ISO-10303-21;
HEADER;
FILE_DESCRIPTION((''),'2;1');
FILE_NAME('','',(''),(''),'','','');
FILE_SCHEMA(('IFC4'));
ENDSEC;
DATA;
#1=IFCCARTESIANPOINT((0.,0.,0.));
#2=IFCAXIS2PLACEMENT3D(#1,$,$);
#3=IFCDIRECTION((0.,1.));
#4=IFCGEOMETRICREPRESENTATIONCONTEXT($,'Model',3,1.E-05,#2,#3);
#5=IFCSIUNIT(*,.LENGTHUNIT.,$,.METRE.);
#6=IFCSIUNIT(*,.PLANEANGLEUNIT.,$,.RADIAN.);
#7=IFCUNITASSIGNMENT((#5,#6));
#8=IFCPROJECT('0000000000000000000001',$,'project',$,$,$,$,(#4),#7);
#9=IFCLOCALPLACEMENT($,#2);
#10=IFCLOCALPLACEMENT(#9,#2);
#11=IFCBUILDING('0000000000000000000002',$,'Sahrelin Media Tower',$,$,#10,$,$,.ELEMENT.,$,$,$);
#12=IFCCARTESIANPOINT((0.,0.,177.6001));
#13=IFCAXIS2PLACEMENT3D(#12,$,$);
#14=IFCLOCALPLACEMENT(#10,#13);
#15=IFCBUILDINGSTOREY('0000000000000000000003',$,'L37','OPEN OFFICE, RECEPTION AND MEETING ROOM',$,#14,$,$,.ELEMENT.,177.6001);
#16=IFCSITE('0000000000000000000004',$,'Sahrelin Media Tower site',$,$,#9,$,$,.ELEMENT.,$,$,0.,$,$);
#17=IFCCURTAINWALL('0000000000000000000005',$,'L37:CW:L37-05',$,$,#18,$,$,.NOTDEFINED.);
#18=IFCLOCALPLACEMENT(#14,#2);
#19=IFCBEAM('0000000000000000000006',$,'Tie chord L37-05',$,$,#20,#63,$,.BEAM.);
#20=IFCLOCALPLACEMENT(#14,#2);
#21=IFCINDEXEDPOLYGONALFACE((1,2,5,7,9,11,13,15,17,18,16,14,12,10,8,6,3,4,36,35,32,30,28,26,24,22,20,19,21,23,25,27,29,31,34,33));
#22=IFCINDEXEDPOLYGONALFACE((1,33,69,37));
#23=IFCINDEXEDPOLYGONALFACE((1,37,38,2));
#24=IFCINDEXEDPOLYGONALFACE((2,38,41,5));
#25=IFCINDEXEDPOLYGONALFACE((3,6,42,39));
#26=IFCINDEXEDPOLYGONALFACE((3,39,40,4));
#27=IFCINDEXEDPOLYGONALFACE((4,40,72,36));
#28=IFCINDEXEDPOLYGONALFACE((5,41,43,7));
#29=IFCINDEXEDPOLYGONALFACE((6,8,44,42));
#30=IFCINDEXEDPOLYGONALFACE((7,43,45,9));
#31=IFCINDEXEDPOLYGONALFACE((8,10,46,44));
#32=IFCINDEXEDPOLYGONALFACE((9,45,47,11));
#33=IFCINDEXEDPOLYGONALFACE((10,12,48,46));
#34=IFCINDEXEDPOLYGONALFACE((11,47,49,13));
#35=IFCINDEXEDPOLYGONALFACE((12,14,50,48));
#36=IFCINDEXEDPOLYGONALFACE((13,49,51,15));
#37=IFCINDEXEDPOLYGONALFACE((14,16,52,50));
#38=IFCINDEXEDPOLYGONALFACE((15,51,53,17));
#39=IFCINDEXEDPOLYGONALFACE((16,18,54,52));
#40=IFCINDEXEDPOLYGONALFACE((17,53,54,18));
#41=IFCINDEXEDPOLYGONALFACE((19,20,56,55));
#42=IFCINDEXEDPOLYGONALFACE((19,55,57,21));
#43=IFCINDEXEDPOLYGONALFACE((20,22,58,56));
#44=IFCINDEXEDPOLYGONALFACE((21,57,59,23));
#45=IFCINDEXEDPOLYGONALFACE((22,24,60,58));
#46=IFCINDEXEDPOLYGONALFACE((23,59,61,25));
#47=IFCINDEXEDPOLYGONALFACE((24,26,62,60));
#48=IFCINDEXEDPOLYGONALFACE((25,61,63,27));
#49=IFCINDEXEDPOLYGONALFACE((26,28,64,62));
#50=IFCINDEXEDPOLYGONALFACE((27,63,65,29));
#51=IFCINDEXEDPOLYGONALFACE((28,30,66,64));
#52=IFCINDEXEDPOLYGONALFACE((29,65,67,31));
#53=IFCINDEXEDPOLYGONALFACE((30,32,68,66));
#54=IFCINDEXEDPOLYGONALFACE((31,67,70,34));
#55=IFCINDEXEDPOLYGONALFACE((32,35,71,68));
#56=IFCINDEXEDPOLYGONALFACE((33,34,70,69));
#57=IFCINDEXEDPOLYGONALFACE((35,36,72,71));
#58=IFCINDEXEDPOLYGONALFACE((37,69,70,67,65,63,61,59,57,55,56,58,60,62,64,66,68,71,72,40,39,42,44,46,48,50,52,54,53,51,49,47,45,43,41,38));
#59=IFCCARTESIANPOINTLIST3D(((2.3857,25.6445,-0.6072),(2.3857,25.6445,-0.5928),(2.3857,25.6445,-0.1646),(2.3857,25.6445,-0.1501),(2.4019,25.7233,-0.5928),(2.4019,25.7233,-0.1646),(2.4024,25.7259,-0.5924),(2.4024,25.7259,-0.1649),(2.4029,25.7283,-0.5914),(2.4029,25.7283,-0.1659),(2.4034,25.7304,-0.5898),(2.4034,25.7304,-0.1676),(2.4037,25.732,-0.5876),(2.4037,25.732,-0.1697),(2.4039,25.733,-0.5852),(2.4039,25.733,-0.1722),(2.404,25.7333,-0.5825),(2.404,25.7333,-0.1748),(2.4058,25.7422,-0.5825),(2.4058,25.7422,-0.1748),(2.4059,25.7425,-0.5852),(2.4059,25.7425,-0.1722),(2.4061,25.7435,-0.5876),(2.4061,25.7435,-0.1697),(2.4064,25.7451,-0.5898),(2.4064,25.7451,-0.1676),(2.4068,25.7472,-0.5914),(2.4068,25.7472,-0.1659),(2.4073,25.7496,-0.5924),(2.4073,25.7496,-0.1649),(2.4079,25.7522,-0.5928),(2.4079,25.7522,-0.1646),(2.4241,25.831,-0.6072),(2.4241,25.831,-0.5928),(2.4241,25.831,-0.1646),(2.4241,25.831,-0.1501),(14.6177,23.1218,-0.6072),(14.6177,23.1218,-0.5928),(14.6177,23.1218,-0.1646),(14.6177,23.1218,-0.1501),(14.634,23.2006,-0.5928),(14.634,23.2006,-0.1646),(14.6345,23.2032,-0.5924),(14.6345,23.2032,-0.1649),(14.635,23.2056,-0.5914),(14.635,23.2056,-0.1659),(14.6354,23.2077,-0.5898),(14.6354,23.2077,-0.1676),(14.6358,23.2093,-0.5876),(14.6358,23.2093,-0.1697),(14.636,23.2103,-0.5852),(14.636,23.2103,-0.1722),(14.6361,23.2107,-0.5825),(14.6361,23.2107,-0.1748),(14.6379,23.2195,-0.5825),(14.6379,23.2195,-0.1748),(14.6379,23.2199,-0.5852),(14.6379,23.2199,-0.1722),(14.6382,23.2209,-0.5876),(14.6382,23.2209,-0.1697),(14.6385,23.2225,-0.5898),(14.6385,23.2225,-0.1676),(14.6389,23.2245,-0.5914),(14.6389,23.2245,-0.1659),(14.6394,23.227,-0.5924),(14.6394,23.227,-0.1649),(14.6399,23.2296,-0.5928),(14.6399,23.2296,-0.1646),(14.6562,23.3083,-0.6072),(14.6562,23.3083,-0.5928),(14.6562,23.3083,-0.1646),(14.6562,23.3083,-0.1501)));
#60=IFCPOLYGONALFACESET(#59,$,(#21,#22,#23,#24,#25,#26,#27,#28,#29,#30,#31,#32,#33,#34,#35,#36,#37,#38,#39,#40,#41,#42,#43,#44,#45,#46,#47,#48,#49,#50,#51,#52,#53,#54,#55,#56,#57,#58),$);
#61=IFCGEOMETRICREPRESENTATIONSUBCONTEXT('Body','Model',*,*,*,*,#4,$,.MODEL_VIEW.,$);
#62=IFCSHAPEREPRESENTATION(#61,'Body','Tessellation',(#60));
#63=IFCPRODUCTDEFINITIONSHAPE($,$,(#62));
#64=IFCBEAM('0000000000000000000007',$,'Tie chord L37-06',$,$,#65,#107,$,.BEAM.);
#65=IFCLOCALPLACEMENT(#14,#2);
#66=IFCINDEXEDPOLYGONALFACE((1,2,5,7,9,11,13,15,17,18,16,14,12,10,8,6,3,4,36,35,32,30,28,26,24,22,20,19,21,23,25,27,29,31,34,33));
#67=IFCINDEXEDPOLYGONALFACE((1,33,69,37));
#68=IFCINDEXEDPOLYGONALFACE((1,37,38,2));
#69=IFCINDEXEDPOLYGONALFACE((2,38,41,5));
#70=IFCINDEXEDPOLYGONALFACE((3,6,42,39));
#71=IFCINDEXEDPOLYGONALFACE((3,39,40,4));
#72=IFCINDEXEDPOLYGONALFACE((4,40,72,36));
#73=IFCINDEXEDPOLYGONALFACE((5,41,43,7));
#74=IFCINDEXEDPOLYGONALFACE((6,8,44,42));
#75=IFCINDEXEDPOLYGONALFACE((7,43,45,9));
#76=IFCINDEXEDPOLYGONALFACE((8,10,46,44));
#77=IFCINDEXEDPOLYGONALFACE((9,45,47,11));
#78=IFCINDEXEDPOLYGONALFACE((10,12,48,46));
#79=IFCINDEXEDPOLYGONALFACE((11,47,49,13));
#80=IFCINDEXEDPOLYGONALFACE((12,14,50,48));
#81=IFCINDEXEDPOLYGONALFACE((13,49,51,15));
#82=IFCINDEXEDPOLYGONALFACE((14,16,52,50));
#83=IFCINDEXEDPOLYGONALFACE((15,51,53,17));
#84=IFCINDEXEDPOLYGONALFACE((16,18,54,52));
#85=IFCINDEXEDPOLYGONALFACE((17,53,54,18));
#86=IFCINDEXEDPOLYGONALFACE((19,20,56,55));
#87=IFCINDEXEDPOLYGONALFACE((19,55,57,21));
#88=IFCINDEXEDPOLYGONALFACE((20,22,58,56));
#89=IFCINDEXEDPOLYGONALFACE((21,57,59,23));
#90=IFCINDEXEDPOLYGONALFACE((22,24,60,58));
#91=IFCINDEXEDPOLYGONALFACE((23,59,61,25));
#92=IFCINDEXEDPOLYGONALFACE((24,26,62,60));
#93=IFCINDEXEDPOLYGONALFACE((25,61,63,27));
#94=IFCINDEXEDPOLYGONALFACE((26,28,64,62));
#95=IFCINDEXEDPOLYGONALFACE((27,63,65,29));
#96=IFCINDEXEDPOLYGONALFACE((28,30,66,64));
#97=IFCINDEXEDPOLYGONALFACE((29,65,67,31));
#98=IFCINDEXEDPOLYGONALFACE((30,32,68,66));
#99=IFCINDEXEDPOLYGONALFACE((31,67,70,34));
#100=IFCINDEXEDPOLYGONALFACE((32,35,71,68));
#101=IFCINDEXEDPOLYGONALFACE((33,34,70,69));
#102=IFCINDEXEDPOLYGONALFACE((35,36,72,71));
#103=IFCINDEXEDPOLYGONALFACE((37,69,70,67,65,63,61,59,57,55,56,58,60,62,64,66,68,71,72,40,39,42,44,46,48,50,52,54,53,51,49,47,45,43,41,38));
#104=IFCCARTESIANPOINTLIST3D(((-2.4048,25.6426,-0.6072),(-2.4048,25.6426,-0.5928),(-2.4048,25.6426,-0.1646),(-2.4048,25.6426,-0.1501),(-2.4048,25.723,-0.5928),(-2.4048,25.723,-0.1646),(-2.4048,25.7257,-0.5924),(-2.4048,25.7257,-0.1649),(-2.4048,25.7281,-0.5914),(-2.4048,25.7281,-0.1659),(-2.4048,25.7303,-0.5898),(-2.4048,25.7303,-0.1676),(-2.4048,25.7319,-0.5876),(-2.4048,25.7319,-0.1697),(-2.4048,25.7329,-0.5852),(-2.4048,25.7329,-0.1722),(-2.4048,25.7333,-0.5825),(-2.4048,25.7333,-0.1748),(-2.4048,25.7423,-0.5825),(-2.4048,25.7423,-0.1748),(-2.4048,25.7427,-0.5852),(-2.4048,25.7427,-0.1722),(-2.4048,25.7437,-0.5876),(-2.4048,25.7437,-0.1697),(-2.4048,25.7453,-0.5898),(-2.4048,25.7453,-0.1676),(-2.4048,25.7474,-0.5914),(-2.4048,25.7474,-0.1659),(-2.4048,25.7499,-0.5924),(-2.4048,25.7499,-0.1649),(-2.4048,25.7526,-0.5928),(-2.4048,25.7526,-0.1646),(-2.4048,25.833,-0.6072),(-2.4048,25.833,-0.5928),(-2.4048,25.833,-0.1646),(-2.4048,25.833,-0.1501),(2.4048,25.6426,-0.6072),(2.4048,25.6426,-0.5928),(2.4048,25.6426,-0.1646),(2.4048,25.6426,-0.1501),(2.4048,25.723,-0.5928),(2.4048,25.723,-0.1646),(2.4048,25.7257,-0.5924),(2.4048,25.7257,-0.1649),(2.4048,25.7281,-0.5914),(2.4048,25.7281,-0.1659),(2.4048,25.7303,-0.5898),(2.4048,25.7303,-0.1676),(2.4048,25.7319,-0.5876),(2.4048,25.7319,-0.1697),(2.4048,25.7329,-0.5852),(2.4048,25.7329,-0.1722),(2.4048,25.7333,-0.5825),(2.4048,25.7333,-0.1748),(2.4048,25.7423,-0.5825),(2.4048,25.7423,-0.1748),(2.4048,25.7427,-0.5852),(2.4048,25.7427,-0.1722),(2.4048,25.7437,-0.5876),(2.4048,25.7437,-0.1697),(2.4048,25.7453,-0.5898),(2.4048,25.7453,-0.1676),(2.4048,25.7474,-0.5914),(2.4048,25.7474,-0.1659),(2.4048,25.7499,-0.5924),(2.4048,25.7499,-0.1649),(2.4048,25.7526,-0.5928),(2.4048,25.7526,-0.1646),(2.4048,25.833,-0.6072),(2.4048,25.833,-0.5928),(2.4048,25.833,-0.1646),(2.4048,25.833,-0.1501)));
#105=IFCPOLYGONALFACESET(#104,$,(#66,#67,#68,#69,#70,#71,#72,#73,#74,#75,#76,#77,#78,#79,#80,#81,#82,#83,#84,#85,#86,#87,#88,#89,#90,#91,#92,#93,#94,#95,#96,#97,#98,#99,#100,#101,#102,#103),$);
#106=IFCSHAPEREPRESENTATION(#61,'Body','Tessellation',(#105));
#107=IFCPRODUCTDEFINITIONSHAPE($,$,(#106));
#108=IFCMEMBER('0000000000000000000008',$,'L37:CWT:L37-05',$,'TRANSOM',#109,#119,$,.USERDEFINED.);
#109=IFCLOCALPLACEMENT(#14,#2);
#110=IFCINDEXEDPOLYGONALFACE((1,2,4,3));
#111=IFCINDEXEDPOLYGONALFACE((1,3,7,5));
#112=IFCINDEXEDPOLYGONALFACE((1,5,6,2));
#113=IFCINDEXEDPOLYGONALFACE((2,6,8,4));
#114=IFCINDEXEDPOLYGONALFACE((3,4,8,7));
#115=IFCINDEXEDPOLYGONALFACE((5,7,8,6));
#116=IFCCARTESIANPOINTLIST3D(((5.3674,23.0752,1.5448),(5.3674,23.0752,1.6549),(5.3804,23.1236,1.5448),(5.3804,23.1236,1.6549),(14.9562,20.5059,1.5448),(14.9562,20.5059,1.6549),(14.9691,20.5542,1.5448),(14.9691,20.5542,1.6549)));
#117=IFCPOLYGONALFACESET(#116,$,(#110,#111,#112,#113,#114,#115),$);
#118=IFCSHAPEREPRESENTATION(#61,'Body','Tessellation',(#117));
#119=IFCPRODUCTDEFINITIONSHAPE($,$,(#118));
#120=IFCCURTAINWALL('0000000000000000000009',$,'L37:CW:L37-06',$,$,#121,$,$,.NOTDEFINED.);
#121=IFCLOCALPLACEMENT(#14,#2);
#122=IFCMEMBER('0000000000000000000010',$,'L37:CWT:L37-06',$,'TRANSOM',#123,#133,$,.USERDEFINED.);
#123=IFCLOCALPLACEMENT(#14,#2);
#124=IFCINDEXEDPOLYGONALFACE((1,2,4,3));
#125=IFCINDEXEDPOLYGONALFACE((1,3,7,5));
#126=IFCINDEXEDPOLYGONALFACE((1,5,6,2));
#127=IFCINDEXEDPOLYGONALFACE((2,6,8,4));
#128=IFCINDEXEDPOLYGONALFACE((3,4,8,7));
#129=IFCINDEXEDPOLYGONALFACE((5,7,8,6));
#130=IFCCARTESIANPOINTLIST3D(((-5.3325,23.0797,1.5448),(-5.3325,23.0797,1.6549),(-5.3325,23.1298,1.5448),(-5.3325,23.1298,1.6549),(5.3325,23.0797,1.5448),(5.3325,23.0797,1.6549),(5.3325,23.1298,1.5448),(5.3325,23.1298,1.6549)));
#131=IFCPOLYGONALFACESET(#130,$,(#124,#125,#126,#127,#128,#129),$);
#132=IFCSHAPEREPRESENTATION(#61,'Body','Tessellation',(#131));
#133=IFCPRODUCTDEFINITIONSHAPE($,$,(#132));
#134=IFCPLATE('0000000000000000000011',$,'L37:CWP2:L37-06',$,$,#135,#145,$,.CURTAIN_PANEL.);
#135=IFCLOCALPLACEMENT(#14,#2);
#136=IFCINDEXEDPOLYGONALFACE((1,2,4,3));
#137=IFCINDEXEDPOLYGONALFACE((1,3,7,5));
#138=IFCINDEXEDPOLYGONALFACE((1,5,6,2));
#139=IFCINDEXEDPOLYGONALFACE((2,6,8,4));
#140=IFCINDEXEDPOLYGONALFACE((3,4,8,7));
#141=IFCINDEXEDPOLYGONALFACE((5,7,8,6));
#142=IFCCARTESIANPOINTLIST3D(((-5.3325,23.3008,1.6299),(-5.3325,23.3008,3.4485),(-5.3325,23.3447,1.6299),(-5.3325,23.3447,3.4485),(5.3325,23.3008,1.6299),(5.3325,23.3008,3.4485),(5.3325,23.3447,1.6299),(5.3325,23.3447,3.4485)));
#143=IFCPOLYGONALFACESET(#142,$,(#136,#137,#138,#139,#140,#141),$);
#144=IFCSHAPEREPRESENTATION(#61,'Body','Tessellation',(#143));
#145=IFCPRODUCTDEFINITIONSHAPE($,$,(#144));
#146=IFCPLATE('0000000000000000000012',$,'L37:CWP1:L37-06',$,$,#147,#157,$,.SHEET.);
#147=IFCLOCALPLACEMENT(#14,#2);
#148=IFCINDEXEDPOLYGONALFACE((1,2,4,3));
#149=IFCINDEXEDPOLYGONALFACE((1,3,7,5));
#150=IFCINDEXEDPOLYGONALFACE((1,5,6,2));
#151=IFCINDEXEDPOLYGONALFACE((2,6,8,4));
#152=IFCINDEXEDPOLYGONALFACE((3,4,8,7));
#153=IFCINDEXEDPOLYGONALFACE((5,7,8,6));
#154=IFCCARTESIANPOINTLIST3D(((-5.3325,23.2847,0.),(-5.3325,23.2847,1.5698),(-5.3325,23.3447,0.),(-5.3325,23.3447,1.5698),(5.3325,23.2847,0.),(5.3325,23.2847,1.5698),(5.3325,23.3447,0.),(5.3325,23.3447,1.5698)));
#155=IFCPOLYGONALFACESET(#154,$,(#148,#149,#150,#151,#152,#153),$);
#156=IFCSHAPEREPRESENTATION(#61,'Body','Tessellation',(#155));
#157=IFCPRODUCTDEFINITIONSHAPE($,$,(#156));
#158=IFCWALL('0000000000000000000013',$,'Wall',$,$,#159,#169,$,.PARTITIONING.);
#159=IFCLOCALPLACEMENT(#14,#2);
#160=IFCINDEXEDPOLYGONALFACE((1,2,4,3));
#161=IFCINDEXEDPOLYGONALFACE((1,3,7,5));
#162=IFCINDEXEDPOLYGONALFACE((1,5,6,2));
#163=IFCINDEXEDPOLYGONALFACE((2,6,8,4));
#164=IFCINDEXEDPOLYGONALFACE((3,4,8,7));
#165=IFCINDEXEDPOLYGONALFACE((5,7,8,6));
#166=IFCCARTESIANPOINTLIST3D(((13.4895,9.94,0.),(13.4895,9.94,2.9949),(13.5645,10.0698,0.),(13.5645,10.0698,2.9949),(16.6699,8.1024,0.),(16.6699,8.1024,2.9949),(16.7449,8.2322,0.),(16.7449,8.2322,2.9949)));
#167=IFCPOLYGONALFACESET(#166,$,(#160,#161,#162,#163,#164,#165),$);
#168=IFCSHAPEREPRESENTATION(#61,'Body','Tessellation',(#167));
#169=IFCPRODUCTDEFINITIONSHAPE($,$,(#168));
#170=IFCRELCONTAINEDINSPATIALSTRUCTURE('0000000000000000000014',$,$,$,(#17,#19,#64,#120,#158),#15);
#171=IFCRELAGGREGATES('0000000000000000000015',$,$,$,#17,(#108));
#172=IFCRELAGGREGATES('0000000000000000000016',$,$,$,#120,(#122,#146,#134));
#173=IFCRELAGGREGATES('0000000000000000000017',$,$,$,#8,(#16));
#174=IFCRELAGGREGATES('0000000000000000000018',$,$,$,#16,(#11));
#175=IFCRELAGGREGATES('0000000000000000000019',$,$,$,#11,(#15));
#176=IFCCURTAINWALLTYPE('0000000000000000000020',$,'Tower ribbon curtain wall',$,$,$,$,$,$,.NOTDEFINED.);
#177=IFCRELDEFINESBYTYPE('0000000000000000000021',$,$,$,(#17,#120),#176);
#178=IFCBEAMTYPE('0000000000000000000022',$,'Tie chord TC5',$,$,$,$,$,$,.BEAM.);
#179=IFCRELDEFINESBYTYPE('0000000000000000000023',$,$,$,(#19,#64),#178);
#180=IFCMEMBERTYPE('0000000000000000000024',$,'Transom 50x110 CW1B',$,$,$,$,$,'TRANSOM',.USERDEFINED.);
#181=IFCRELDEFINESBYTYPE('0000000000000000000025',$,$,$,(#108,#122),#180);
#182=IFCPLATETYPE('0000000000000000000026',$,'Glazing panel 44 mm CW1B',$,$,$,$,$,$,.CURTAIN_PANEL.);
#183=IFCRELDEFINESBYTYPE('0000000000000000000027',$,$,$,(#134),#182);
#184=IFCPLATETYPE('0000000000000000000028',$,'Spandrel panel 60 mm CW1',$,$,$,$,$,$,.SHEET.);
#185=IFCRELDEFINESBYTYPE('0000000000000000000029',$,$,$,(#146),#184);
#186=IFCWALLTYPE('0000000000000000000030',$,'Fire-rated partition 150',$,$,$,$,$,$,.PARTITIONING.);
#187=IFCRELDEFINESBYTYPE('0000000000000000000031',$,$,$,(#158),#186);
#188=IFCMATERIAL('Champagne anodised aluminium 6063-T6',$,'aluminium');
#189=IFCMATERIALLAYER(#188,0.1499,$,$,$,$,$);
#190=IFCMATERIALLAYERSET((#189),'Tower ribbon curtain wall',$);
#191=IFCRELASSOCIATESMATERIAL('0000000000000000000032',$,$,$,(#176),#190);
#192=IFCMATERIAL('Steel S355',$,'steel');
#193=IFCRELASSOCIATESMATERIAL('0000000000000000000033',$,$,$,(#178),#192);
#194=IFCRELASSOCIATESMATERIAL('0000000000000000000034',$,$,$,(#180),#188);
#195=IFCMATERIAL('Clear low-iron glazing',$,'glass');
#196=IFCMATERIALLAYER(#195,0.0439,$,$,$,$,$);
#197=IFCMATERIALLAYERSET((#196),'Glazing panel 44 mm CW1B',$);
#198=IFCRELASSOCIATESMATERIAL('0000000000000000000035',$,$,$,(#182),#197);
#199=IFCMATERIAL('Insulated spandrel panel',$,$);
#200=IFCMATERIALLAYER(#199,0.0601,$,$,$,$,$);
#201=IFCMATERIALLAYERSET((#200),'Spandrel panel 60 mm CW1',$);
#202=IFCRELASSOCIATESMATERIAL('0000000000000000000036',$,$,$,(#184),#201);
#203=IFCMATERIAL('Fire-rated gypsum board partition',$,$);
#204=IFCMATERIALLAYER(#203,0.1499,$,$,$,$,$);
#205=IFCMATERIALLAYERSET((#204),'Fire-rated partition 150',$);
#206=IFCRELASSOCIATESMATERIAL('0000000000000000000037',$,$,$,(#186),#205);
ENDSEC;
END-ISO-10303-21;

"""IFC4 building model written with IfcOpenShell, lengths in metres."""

from ifc_helpers import new_model, si_unit, direction, frame, frame_2d, origin, origin_2d, place, context, subcontext, project, spatial, polyline, rectangle, i_section, outline, extrude, material, layer, layer_set, material_profile, profile_set, type_object, element, aggregate, save


model = new_model("IFC4")

# Units and contexts
model_context = context("Model", 3, precision=1e-05, world=origin(), true_north=direction((0.0, 1.0)))
body_context = subcontext(model_context, "Body", "Model", "MODEL_VIEW")
ifc_project = project(units=[si_unit("LENGTHUNIT", "METRE"), si_unit("PLANEANGLEUNIT", "RADIAN")], contexts=[model_context])

# Site, building, storey
site_placement = place(None, origin())
site = spatial("IfcSite", under=ifc_project, at=site_placement, Name="Sahrelin Media Tower site", CompositionType="ELEMENT", RefElevation=0.0)
building_placement = place(site_placement, origin())
building = spatial("IfcBuilding", under=site, at=building_placement, Name="Sahrelin Media Tower", CompositionType="ELEMENT")
storey_placement = place(building_placement, frame((0.0, 0.0, 177.6001)))
storey = spatial("IfcBuildingStorey", under=building, at=storey_placement, Name="L37", Description="OPEN OFFICE, RECEPTION AND MEETING ROOM", CompositionType="ELEMENT", Elevation=177.6001)

# Shared definitions
ifc_material_1 = material(Name="Steel S355", Category="steel")

# Curtain wall
ifc_material_2 = material(Name="Champagne anodised aluminium 6063-T6", Category="aluminium")
ifc_layer_1 = layer(ifc_material_2, 0.1499)
ifc_layer_set_1 = layer_set([ifc_layer_1], Name="Tower ribbon curtain wall")
curtain_wall_type = type_object("IfcCurtainWallType", Name="Tower ribbon curtain wall", PredefinedType="NOTDEFINED", material=ifc_layer_set_1)
curtain_wall_1_placement = place(storey_placement, frame((10.2251, 22.0271, 0.0), z_axis=(0.0, 0.0, 1.0), x_axis=(1.0, 0.0, 0.0)))
curtain_wall_1 = element("IfcCurtainWall", 1, at=curtain_wall_1_placement, inside=storey, type_object=curtain_wall_type, Name="L37:CW:L37-05", PredefinedType="NOTDEFINED")

# Beams
ifc_material_profile_1 = material_profile(ifc_material_1, i_section(OverallWidth=0.1904, OverallDepth=0.457, WebThickness=0.009, FlangeThickness=0.0144, FilletRadius=0.0103, at=origin_2d()), Name="UB 457x191x74")
ifc_profile_set_1 = profile_set([ifc_material_profile_1], Name="Steel S355")
beam_type_1 = type_object("IfcBeamType", Name="Tie chord TC5", PredefinedType="BEAM", material=ifc_profile_set_1)
beam_1_placement = place(storey_placement, frame((14.637, 23.2151, -0.3787), z_axis=(-0.979389, 0.201984, 0.0), x_axis=(-0.201984, -0.979389, 0.0)))
element("IfcBeam", 2, at=beam_1_placement, inside=storey, type_object=beam_type_1, Name="Tie chord L37-05", PredefinedType="BEAM", context=body_context, shape_type="SweptSolid", body=[
    extrude(i_section(OverallWidth=0.1904, OverallDepth=0.457, WebThickness=0.009, FlangeThickness=0.0144, FilletRadius=0.0103, at=origin_2d()), origin(), (0.0, 0.0, 1.0), 12.4895),
])
beam_2_placement = place(storey_placement, frame((2.4048, 25.7378, -0.3787), z_axis=(-1.0, 0.0, 0.0), x_axis=(0.0, -1.0, 0.0)))
element("IfcBeam", 3, at=beam_2_placement, inside=storey, type_object=beam_type_1, Name="Tie chord L37-06", PredefinedType="BEAM", context=body_context, shape_type="SweptSolid", body=[
    extrude(i_section(OverallWidth=0.1904, OverallDepth=0.457, WebThickness=0.009, FlangeThickness=0.0144, FilletRadius=0.0103, at=origin_2d()), origin(), (0.0, 0.0, 1.0), 4.8096),
])

# Member
ifc_material_profile_2 = material_profile(ifc_material_2, rectangle(XDim=0.05, YDim=0.1101, at=origin_2d()), Name="Transom 50x110")
ifc_profile_set_2 = profile_set([ifc_material_profile_2], Name="Champagne anodised aluminium 6063-T6")
member_type_1 = type_object("IfcMemberType", Name="Transom 50x110 CW1B", ElementType="TRANSOM", PredefinedType="USERDEFINED", material=ifc_profile_set_2)
member_1_placement = place(storey_placement, frame((14.9626, 20.53, 1.5999), z_axis=(-0.965924, 0.258826, 0.0), x_axis=(-0.258826, -0.965924, 0.0)))
member_1 = element("IfcMember", 4, at=member_1_placement, type_object=member_type_1, Name="L37:CWT:L37-05", ObjectType="TRANSOM", PredefinedType="USERDEFINED", context=body_context, shape_type="SweptSolid", body=[
    extrude(rectangle(XDim=0.05, YDim=0.1101, at=origin_2d()), origin(), (0.0, 0.0, 1.0), 9.927),
])
aggregate(curtain_wall_1, [member_1])

# Curtain wall, member, plates
curtain_wall_2_placement = place(storey_placement, frame((0.0, 23.3247, 0.0), z_axis=(0.0, 0.0, 1.0), x_axis=(1.0, 0.0, 0.0)))
curtain_wall_2 = element("IfcCurtainWall", 5, at=curtain_wall_2_placement, inside=storey, type_object=curtain_wall_type, Name="L37:CW:L37-06", PredefinedType="NOTDEFINED")
member_2_placement = place(storey_placement, frame((5.3325, 23.1047, 1.5999), z_axis=(-1.0, 0.0, 0.0), x_axis=(0.0, -1.0, 0.0)))
member_2 = element("IfcMember", 6, at=member_2_placement, type_object=member_type_1, Name="L37:CWT:L37-06", ObjectType="TRANSOM", PredefinedType="USERDEFINED", context=body_context, shape_type="SweptSolid", body=[
    extrude(rectangle(XDim=0.05, YDim=0.1101, at=origin_2d()), origin(), (0.0, 0.0, 1.0), 10.665),
])
ifc_material_3 = material(Name="Clear low-iron glazing", Category="glass")
ifc_layer_2 = layer(ifc_material_3, 0.0439)
ifc_layer_set_2 = layer_set([ifc_layer_2], Name="Glazing panel 44 mm CW1B")
plate_type_1 = type_object("IfcPlateType", Name="Glazing panel 44 mm CW1B", PredefinedType="CURTAIN_PANEL", material=ifc_layer_set_2)
plate_1_placement = place(storey_placement, frame((5.3325, 23.3447, 1.6299), z_axis=(0.0, 1.0, 0.0), x_axis=(-1.0, 0.0, 0.0)))
plate_1 = element("IfcPlate", 7, at=plate_1_placement, type_object=plate_type_1, Name="L37:CWP2:L37-06", PredefinedType="CURTAIN_PANEL", context=body_context, shape_type="SweptSolid", body=[
    extrude(outline(polyline([(0.0, 0.0), (10.665, 0.0), (10.665, 1.8186), (0.0, 1.8186), (0.0, 0.0)])), origin(), (0.0, 0.0, -1.0), 0.0439),
])
ifc_material_4 = material(Name="Insulated spandrel panel")
ifc_layer_3 = layer(ifc_material_4, 0.0601)
ifc_layer_set_3 = layer_set([ifc_layer_3], Name="Spandrel panel 60 mm CW1")
plate_type_2 = type_object("IfcPlateType", Name="Spandrel panel 60 mm CW1", PredefinedType="SHEET", material=ifc_layer_set_3)
plate_2_placement = place(storey_placement, frame((5.3325, 23.3447, 0.0), z_axis=(0.0, 1.0, 0.0), x_axis=(-1.0, 0.0, 0.0)))
plate_2 = element("IfcPlate", 8, at=plate_2_placement, type_object=plate_type_2, Name="L37:CWP1:L37-06", PredefinedType="SHEET", context=body_context, shape_type="SweptSolid", body=[
    extrude(outline(polyline([(0.0, 0.0), (10.665, 0.0), (10.665, 1.5698), (0.0, 1.5698), (0.0, 0.0)])), origin(), (0.0, 0.0, -1.0), 0.0601),
])
aggregate(curtain_wall_2, [member_2, plate_2, plate_1])

# Wall
ifc_material_5 = material(Name="Fire-rated gypsum board partition")
ifc_layer_4 = layer(ifc_material_5, 0.1499)
ifc_layer_set_4 = layer_set([ifc_layer_4], Name="Fire-rated partition 150")
wall_type_1 = type_object("IfcWallType", Name="Fire-rated partition 150", PredefinedType="PARTITIONING", material=ifc_layer_set_4)
wall_1_placement = place(storey_placement, frame((13.5271, 10.0049, 0.0), z_axis=(0.0, 0.0, 1.0), x_axis=(0.865857, -0.500292, 0.0)))
element("IfcWall", 9, at=wall_1_placement, inside=storey, type_object=wall_type_1, Name="Wall", PredefinedType="PARTITIONING", context=body_context, shape_type="SweptSolid", body=[
    extrude(rectangle(XDim=3.6731, YDim=0.1499, at=frame_2d((1.8364, 0.0))), origin(), (0.0, 0.0, 1.0), 2.9949),
])

save(model, "model.ifc")
